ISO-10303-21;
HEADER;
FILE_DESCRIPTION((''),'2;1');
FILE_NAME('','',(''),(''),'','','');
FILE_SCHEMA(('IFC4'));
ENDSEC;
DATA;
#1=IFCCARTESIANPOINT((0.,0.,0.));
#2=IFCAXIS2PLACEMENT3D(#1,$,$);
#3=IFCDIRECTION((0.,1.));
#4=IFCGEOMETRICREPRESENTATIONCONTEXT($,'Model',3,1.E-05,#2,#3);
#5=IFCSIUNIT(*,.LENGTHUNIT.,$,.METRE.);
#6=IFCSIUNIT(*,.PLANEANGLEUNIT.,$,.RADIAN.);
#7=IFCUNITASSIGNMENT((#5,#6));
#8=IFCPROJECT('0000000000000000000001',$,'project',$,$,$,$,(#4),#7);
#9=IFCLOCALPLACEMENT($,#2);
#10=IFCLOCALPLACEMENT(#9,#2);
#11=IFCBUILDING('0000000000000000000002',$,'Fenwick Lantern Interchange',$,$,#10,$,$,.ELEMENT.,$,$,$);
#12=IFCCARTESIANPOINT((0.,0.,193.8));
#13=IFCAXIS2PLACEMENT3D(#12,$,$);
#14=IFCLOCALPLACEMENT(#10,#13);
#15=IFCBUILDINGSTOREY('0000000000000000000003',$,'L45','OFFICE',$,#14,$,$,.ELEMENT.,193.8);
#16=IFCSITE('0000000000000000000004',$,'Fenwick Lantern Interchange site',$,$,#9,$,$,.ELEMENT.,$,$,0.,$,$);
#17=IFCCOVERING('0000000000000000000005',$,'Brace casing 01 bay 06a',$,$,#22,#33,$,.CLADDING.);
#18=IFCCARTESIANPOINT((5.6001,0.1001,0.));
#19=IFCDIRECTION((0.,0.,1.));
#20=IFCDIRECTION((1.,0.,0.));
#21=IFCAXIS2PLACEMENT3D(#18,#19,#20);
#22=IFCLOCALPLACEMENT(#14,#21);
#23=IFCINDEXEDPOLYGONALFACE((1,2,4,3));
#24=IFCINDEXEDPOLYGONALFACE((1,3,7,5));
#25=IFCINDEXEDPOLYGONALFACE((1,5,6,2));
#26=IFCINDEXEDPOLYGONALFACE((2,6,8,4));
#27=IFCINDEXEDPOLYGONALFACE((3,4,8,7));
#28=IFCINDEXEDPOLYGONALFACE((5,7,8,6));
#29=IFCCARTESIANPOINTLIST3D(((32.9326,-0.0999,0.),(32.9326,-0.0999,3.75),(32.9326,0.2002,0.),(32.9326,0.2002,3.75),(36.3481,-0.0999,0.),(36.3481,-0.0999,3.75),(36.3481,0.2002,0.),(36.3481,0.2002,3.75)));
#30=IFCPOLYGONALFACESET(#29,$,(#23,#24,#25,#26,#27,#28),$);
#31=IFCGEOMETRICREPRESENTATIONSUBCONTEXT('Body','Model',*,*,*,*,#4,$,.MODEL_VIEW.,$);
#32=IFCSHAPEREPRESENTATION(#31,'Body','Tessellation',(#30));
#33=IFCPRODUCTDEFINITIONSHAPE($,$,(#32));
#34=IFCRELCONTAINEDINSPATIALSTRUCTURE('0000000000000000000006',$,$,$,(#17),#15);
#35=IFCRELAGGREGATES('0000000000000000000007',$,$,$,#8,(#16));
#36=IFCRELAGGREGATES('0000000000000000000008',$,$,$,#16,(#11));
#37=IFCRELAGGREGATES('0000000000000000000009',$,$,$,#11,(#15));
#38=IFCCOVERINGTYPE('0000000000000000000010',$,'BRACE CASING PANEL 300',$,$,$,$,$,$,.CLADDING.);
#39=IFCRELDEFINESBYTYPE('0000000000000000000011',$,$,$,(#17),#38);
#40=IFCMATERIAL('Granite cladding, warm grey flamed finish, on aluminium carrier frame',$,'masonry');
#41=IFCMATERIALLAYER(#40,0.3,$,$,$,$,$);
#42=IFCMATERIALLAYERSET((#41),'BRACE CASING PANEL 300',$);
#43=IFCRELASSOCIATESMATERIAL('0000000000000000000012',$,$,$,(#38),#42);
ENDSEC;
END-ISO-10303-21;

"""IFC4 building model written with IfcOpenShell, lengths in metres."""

from ifc_helpers import new_model, si_unit, direction, frame, origin, place, context, subcontext, project, spatial, polyline, outline, extrude, material, layer, layer_set, type_object, element, save


model = new_model("IFC4")

# Units and contexts
model_context = context("Model", 3, precision=1e-05, world=origin(), true_north=direction((0.0, 1.0)))
body_context = subcontext(model_context, "Body", "Model", "MODEL_VIEW")
ifc_project = project(units=[si_unit("LENGTHUNIT", "METRE"), si_unit("PLANEANGLEUNIT", "RADIAN")], contexts=[model_context])

# Site, building, storey
site_placement = place(None, origin())
site = spatial("IfcSite", under=ifc_project, at=site_placement, Name="Fenwick Lantern Interchange site", CompositionType="ELEMENT", RefElevation=0.0)
building_placement = place(site_placement, origin())
building = spatial("IfcBuilding", under=site, at=building_placement, Name="Fenwick Lantern Interchange", CompositionType="ELEMENT")
storey_placement = place(building_placement, frame((0.0, 0.0, 193.8)))
storey = spatial("IfcBuildingStorey", under=building, at=storey_placement, Name="L45", Description="OFFICE", CompositionType="ELEMENT", Elevation=193.8)

# Covering
ifc_material_1 = material(Name="Granite cladding, warm grey flamed finish, on aluminium carrier frame", Category="masonry")
ifc_layer_1 = layer(ifc_material_1, 0.3)
ifc_layer_set_1 = layer_set([ifc_layer_1], Name="BRACE CASING PANEL 300")
covering_type = type_object("IfcCoveringType", Name="BRACE CASING PANEL 300", PredefinedType="CLADDING", material=ifc_layer_set_1)
covering_1_placement = place(storey_placement, frame((5.6001, 0.1001, 0.0), z_axis=(0.0, 0.0, 1.0), x_axis=(1.0, 0.0, 0.0)))
element("IfcCovering", 1, at=covering_1_placement, inside=storey, type_object=covering_type, Name="Brace casing 01 bay 06a", PredefinedType="CLADDING", context=body_context, shape_type="SweptSolid", body=[
    extrude(outline(polyline([(32.9326, 0.0), (36.3481, 0.0), (36.3481, 3.75), (32.9326, 3.75), (32.9326, 0.0)])), frame((0.0, 0.2002, 0.0), z_axis=(0.0, -1.0, 0.0), x_axis=(1.0, 0.0, 0.0)), (0.0, 0.0, 1.0), 0.3),
])

save(model, "model.ifc")
